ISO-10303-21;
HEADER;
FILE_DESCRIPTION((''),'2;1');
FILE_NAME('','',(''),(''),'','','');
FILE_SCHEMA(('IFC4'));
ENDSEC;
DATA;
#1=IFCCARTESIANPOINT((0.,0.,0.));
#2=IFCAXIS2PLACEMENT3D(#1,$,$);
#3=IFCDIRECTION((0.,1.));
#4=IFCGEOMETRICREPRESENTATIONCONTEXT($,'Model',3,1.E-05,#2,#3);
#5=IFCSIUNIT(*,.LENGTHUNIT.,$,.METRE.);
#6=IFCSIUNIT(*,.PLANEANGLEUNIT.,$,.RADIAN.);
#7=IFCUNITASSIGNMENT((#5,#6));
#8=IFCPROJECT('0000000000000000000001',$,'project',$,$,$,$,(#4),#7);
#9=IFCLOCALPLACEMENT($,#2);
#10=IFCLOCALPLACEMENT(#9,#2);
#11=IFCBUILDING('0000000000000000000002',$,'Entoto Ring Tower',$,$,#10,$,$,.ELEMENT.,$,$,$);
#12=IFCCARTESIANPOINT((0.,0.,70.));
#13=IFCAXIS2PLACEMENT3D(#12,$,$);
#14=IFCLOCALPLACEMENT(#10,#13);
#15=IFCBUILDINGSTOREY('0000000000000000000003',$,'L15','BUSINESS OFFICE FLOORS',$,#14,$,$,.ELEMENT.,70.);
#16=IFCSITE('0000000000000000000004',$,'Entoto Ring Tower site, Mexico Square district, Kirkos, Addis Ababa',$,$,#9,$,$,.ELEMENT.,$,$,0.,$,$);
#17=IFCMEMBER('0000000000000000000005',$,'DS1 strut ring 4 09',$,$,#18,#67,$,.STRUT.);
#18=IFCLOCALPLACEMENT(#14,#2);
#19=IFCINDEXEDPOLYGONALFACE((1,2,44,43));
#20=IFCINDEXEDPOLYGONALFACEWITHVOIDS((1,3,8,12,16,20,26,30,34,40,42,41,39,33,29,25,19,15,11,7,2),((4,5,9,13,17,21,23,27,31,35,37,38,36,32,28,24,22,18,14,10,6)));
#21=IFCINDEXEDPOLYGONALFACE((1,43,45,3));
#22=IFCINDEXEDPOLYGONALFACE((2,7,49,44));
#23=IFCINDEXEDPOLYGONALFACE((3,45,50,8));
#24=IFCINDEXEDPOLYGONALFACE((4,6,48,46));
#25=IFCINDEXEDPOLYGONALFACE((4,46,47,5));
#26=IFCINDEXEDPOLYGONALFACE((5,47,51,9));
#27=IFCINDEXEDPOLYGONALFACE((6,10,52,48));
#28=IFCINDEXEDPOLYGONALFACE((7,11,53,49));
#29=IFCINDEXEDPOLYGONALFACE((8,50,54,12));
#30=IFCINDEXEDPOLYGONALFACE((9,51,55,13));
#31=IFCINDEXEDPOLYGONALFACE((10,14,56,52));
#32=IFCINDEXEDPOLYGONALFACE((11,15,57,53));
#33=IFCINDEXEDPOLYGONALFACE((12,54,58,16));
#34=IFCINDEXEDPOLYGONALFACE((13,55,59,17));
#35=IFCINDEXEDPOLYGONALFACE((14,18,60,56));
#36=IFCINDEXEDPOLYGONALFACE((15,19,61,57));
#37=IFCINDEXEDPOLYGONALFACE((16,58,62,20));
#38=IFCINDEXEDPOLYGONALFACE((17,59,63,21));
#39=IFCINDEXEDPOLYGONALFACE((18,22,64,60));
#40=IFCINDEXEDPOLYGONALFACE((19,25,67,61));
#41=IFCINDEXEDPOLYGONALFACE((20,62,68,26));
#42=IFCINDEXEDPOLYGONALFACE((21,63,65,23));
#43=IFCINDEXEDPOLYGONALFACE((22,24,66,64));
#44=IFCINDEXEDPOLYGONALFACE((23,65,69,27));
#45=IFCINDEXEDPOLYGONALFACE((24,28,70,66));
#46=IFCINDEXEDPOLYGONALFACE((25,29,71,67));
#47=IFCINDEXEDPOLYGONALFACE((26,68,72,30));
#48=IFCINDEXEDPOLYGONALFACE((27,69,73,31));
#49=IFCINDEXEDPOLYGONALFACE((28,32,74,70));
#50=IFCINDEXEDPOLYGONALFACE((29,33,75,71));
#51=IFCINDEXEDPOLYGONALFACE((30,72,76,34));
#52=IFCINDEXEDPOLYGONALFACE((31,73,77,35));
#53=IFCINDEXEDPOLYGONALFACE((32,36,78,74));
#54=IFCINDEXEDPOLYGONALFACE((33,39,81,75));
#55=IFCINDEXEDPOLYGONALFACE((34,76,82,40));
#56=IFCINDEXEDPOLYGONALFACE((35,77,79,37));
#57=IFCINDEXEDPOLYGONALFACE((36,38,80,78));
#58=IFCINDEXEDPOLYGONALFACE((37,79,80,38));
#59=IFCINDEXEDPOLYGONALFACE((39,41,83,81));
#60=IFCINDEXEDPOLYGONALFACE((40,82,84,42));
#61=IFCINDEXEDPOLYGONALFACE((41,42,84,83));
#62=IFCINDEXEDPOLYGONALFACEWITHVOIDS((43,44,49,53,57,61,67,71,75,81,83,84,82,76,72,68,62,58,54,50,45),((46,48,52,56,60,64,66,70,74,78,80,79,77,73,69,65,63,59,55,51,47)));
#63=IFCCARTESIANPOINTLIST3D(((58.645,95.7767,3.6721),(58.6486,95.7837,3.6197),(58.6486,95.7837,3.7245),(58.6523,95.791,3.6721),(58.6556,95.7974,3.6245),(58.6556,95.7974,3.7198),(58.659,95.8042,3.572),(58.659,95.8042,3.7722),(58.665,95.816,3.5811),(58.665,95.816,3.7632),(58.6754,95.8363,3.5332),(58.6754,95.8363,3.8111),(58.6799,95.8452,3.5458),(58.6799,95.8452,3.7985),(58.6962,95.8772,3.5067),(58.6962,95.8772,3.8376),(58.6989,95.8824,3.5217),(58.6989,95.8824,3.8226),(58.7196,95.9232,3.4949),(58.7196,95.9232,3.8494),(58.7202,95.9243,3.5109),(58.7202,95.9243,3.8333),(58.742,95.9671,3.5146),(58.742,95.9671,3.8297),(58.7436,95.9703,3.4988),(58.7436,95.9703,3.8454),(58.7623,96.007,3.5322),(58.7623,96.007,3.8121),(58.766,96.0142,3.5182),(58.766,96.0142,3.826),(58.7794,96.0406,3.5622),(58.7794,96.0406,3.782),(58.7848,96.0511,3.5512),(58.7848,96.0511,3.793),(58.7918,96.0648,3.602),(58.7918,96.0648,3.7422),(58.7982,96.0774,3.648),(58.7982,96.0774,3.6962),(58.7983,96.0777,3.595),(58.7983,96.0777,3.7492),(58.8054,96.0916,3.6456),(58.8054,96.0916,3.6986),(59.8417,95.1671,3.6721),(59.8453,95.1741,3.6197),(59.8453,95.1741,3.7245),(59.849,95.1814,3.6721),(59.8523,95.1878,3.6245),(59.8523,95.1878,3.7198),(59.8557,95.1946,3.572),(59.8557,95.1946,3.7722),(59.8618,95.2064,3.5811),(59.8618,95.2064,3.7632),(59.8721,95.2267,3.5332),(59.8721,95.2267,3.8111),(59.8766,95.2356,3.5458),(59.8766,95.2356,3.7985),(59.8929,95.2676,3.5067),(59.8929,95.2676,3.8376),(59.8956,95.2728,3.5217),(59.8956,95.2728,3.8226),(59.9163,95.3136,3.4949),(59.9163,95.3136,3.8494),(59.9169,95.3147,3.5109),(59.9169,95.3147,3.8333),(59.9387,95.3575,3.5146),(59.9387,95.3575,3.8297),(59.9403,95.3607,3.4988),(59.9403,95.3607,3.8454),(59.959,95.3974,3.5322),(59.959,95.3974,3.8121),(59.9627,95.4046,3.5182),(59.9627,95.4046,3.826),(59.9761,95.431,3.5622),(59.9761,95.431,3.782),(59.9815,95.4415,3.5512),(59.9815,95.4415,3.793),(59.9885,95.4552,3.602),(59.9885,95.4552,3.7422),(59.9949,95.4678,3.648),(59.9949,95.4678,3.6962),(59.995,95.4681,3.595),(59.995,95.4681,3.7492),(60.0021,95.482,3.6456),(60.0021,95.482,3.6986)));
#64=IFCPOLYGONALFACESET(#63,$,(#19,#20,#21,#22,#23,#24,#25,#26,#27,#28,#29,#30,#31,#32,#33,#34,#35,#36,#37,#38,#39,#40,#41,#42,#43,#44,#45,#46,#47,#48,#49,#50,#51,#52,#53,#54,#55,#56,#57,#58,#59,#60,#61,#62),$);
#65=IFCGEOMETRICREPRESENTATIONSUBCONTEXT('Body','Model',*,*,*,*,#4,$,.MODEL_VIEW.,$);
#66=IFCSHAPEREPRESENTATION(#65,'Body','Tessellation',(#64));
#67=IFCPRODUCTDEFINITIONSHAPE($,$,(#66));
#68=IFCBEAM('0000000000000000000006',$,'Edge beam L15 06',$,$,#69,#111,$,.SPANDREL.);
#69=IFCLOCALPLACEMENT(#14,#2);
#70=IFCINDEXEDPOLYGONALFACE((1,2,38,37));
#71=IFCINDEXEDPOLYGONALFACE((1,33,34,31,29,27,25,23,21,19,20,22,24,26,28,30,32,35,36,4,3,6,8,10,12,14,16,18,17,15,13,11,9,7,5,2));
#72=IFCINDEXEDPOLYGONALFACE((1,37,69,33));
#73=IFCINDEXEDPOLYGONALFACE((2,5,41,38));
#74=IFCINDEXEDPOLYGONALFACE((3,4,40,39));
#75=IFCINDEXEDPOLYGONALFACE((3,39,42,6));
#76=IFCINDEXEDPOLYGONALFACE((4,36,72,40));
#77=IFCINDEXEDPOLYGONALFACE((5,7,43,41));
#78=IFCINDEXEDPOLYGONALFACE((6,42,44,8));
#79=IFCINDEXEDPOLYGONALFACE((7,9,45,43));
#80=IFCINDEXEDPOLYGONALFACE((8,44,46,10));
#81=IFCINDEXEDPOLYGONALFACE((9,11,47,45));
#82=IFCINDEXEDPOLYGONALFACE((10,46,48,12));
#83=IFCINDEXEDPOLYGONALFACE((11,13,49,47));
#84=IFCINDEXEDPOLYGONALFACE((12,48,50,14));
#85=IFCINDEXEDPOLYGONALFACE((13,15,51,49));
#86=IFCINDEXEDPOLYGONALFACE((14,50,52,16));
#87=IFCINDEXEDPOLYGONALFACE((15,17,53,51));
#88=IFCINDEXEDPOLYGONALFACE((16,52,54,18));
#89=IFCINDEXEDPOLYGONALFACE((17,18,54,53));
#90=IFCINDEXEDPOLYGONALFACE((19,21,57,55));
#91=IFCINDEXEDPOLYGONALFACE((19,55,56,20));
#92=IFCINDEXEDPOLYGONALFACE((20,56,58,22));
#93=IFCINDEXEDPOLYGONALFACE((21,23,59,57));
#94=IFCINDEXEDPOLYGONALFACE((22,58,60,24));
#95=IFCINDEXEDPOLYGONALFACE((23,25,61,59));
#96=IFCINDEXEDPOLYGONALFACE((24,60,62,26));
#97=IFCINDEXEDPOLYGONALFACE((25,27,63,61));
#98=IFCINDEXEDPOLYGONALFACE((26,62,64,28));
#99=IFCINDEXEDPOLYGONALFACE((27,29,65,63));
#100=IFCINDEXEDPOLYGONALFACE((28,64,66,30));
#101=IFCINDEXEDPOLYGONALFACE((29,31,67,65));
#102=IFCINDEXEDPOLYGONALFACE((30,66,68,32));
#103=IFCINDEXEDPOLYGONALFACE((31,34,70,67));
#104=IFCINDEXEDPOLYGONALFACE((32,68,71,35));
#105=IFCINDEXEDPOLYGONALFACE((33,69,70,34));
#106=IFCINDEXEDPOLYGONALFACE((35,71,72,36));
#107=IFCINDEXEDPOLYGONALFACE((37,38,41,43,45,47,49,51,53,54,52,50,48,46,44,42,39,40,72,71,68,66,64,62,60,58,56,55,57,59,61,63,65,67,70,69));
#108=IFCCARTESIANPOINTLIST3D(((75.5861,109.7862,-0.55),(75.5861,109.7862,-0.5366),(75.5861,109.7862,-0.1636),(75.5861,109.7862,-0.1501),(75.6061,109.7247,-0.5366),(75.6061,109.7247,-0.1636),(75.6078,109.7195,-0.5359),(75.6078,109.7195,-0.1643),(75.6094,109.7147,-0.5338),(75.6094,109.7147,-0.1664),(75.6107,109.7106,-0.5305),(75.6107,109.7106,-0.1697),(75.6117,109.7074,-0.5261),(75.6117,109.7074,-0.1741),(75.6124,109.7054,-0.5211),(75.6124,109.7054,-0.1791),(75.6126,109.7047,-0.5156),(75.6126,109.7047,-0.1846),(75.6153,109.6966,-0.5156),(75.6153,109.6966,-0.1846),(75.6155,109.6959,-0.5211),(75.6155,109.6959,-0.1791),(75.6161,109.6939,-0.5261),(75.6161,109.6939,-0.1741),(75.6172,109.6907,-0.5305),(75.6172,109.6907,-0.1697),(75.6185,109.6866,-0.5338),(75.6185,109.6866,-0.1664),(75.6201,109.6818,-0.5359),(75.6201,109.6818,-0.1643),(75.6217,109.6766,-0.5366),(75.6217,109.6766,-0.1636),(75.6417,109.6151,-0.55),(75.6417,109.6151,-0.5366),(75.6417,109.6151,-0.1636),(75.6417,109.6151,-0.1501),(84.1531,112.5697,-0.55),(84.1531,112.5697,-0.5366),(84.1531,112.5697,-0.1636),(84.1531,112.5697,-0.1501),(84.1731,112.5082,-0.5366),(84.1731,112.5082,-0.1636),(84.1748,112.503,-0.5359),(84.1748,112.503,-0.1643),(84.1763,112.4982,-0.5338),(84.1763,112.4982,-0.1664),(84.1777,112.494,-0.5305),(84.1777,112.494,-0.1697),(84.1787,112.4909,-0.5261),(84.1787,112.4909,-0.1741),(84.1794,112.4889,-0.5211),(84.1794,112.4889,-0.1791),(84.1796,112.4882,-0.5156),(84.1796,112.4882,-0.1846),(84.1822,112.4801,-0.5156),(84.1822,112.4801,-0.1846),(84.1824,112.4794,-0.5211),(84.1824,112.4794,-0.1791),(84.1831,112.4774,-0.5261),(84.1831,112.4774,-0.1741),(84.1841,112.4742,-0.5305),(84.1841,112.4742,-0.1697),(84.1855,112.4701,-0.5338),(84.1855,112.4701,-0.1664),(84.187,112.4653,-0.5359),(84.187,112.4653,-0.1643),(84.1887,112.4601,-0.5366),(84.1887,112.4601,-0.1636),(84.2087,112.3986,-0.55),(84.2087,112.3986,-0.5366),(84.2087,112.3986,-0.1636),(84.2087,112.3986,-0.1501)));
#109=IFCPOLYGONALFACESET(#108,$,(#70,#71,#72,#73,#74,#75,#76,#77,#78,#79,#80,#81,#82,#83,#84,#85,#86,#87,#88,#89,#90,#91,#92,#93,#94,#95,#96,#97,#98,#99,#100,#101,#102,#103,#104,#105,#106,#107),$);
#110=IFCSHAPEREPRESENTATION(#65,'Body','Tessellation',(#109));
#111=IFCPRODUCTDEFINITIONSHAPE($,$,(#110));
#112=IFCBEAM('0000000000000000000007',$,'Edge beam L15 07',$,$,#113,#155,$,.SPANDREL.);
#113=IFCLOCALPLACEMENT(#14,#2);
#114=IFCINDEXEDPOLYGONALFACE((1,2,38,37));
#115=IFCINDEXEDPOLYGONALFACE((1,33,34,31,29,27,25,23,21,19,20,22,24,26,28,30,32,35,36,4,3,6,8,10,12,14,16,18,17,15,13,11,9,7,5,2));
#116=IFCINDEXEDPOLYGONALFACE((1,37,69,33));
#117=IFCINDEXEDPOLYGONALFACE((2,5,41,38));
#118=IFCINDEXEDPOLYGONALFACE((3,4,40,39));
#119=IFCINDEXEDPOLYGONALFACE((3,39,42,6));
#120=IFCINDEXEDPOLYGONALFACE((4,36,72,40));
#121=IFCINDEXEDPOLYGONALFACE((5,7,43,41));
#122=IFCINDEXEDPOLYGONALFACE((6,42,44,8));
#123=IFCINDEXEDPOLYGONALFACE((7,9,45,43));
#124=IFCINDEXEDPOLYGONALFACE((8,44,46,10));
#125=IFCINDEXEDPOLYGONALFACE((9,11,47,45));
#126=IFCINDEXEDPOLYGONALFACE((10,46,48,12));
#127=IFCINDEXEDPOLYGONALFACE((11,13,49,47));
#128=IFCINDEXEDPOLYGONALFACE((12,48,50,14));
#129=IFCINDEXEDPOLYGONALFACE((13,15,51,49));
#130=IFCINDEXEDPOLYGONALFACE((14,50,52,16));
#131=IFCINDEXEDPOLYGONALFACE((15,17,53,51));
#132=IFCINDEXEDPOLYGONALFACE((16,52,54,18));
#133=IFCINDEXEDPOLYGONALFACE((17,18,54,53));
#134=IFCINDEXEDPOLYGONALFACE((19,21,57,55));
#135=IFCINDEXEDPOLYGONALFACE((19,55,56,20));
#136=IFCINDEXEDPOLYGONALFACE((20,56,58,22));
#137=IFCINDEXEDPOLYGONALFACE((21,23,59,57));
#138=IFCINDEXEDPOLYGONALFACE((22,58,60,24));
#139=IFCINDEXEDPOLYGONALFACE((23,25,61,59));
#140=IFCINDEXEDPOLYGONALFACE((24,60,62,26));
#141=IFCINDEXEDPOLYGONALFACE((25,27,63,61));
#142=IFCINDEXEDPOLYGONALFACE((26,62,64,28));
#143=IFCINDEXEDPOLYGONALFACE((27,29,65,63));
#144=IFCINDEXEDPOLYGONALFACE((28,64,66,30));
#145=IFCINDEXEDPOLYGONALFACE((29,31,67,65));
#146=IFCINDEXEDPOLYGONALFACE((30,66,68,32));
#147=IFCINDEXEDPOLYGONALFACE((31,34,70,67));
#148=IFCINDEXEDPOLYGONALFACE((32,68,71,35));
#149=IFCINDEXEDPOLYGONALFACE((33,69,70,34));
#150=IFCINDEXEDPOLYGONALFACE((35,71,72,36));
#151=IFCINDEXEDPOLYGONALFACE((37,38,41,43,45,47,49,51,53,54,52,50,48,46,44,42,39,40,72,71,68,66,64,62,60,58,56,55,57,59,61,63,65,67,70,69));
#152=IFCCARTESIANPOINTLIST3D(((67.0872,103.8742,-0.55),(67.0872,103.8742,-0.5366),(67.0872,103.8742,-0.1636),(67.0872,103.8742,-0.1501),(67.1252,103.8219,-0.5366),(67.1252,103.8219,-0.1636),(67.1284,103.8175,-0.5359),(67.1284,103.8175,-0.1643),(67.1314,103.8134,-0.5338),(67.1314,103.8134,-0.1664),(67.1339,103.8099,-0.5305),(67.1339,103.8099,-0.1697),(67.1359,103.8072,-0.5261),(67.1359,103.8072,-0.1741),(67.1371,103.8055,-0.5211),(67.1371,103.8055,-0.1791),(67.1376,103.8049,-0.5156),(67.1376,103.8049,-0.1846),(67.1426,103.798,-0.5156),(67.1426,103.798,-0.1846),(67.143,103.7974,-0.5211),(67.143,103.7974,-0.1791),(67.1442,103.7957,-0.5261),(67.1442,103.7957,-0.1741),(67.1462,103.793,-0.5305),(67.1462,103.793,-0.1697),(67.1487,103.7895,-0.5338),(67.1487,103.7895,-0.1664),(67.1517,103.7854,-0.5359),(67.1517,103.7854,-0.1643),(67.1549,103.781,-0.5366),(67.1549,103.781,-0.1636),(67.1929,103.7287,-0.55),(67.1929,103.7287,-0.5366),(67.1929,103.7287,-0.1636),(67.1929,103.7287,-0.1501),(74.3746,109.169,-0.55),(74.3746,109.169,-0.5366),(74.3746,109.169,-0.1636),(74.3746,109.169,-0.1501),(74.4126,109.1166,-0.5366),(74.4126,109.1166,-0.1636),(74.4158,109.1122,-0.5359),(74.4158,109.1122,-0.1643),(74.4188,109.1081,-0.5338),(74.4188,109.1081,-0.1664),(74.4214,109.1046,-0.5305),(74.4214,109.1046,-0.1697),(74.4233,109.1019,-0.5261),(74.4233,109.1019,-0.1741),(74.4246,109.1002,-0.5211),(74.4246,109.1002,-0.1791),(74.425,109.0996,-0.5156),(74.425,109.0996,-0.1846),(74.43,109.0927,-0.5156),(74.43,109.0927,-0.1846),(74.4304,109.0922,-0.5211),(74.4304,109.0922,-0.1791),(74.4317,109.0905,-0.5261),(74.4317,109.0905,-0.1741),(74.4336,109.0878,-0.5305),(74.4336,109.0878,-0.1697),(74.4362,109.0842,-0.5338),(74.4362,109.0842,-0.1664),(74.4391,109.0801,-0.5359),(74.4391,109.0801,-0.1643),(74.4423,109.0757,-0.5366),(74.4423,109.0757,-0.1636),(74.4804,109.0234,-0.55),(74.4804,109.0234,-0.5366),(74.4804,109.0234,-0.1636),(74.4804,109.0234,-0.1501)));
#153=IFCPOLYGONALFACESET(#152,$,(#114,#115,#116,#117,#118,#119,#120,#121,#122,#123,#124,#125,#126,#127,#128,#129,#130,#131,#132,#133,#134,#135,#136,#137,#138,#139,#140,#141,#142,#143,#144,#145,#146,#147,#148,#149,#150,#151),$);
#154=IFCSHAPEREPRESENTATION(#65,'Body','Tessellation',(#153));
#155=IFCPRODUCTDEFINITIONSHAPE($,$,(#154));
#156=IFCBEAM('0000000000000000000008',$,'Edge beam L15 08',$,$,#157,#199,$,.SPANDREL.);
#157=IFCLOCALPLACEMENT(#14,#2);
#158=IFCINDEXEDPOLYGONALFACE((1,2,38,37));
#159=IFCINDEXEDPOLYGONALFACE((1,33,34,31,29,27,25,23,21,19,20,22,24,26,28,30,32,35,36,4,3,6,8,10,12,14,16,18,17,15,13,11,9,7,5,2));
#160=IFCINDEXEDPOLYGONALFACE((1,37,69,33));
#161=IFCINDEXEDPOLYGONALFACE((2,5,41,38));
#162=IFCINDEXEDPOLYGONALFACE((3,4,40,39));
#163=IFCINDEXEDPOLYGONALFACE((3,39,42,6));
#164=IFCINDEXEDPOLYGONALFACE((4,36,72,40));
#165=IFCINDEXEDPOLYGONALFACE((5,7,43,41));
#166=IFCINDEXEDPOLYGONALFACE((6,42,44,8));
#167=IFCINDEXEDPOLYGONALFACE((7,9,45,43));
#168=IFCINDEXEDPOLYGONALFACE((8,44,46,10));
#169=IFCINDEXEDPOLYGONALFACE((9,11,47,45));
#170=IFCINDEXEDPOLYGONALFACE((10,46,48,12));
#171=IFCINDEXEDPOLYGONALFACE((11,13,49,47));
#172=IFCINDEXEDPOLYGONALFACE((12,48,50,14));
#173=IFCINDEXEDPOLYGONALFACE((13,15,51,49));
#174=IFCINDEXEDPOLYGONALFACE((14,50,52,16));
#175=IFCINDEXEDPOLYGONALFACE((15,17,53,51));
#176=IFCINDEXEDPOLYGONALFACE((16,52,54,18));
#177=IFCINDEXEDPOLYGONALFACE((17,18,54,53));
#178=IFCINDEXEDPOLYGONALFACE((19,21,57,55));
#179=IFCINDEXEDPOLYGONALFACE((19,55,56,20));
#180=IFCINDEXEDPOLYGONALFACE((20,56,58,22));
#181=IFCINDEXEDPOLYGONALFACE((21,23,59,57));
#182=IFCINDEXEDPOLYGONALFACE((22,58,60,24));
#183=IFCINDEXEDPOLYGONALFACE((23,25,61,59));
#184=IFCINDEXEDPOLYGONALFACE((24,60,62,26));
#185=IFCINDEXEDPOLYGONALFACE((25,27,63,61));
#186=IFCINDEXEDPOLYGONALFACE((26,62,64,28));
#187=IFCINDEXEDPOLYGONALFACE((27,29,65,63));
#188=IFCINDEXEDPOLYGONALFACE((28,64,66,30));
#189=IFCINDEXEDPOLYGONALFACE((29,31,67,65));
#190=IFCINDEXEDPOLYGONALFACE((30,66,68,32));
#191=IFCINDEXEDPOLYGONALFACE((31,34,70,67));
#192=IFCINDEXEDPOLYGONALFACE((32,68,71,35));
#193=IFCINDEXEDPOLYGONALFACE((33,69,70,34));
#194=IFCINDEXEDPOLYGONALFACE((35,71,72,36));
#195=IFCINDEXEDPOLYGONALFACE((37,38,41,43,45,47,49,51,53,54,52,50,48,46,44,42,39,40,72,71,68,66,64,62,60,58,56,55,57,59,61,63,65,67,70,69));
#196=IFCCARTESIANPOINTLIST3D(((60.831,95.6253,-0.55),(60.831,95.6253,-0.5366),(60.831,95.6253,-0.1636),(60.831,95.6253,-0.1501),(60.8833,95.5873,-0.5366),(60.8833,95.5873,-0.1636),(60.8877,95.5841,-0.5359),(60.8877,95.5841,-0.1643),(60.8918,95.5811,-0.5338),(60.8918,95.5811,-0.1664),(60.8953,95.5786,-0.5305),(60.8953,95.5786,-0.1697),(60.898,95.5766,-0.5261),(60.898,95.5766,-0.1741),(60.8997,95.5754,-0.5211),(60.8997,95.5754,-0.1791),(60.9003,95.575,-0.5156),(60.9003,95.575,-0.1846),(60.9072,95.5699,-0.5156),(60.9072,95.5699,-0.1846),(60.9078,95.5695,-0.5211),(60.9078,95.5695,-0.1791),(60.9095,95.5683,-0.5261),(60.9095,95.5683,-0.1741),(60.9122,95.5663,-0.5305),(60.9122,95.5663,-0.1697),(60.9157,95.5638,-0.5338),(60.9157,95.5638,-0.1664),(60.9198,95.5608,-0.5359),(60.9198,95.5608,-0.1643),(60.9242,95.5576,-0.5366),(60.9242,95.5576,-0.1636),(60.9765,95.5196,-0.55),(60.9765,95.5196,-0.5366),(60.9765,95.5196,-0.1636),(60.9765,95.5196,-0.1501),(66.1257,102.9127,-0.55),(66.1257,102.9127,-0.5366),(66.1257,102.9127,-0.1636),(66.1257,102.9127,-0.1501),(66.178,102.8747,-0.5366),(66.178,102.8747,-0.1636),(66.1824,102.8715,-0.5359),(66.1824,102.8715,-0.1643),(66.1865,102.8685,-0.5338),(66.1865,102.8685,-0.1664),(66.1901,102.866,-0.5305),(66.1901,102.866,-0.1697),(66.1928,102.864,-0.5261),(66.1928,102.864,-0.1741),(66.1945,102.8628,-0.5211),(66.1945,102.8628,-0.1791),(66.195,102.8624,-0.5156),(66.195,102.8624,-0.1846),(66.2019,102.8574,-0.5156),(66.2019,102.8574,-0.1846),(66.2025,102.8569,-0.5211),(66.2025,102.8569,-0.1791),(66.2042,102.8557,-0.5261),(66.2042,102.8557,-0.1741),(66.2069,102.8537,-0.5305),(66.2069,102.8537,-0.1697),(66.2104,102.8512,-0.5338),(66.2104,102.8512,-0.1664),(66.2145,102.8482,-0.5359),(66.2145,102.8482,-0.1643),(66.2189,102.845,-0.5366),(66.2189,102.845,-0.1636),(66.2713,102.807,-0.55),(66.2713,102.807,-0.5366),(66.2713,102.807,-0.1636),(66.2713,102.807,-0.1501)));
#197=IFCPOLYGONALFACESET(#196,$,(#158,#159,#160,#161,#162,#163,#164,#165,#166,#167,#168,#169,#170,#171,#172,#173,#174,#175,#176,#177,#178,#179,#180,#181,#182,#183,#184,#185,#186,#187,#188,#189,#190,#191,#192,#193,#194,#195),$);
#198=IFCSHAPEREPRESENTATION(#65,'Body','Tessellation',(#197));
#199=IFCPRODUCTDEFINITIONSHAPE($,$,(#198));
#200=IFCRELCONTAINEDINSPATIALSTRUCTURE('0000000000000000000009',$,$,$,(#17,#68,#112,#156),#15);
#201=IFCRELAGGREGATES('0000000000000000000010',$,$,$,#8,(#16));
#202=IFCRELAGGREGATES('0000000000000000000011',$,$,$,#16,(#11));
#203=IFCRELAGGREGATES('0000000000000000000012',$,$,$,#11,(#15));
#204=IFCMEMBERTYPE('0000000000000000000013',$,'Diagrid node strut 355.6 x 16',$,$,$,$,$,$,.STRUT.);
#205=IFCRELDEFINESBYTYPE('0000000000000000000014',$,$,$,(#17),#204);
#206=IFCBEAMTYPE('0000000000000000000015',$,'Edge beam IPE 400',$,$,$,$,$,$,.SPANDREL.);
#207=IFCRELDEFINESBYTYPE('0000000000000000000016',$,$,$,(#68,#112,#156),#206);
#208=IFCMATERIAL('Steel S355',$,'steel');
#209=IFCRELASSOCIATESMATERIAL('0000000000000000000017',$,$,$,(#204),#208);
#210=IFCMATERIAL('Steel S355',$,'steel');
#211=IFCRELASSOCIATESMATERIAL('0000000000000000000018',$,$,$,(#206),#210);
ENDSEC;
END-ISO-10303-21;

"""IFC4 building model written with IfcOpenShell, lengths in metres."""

from ifc_helpers import new_model, si_unit, direction, frame, origin, origin_2d, place, context, subcontext, project, spatial, circle, hollow_circle, i_section, extrude, material, material_profile, profile_set, type_object, element, save


model = new_model("IFC4")

# Units and contexts
model_context = context("Model", 3, precision=1e-05, world=origin(), true_north=direction((0.0, 1.0)))
body_context = subcontext(model_context, "Body", "Model", "MODEL_VIEW")
ifc_project = project(units=[si_unit("LENGTHUNIT", "METRE"), si_unit("PLANEANGLEUNIT", "RADIAN")], contexts=[model_context])

# Site, building, storey
site_placement = place(None, origin())
site = spatial("IfcSite", under=ifc_project, at=site_placement, Name="Entoto Ring Tower site, Mexico Square district, Kirkos, Addis Ababa", CompositionType="ELEMENT", RefElevation=0.0)
building_placement = place(site_placement, origin())
building = spatial("IfcBuilding", under=site, at=building_placement, Name="Entoto Ring Tower", CompositionType="ELEMENT")
storey_placement = place(building_placement, frame((0.0, 0.0, 70.0)))
storey = spatial("IfcBuildingStorey", under=building, at=storey_placement, Name="L15", Description="BUSINESS OFFICE FLOORS", CompositionType="ELEMENT", Elevation=70.0)

# Member
ifc_material_1 = material(Name="Steel S355", Category="steel")
ifc_material_profile_1 = material_profile(ifc_material_1, hollow_circle(Radius=0.1777, WallThickness=0.0161, at=origin_2d()), Name="CHS 355.6 x 16")
ifc_material_2 = material(Name="Concrete C60/75", Category="concrete")
ifc_material_profile_2 = material_profile(ifc_material_2, circle(Radius=0.1619, at=origin_2d()), Name="Concrete C60/75 infill")
ifc_profile_set_1 = profile_set([ifc_material_profile_1, ifc_material_profile_2], Name="Steel S355")
member_type = type_object("IfcMemberType", Name="Diagrid node strut 355.6 x 16", PredefinedType="STRUT", material=ifc_profile_set_1)
member_1_placement = place(storey_placement, frame((59.9224, 95.3254, 3.6721), z_axis=(-0.891058, 0.45389, 0.0), x_axis=(-0.45389, -0.891058, 0.0)))
element("IfcMember", 1, at=member_1_placement, inside=storey, type_object=member_type, Name="DS1 strut ring 4 09", PredefinedType="STRUT", context=body_context, shape_type="SweptSolid", body=[
    extrude(hollow_circle(Radius=0.1777, WallThickness=0.0161, at=origin_2d()), origin(), (0.0, 0.0, 1.0), 1.343),
])

# Beams
ifc_material_3 = material(Name="Steel S355", Category="steel")
ifc_material_profile_3 = material_profile(ifc_material_3, i_section(OverallWidth=0.1799, OverallDepth=0.3999, WebThickness=0.0085, FlangeThickness=0.0134, FilletRadius=0.021, at=origin_2d()), Name="IPE 400")
ifc_profile_set_2 = profile_set([ifc_material_profile_3], Name="Steel S355")
beam_type_1 = type_object("IfcBeamType", Name="Edge beam IPE 400", PredefinedType="SPANDREL", material=ifc_profile_set_2)
for number, where, z_axis, x_axis, name in (
    (2, (84.1809, 112.4841, -0.3501), (-0.95106, -0.309006, 0.0), (0.309006, -0.95106, 0.0), "Edge beam L15 06"),
    (3, (74.4275, 109.0962, -0.3501), (-0.809011, -0.587793, 0.0), (0.587793, -0.809011, 0.0), "Edge beam L15 07"),
    (4, (66.1985, 102.8599, -0.3501), (-0.587793, -0.809011, 0.0), (0.809011, -0.587793, 0.0), "Edge beam L15 08"),
):
    element("IfcBeam", number, at=place(storey_placement, frame(where, z_axis=z_axis, x_axis=x_axis)), inside=storey, type_object=beam_type_1, Name=name, PredefinedType="SPANDREL", context=body_context, shape_type="SweptSolid", body=[
        extrude(i_section(OverallWidth=0.1799, OverallDepth=0.3999, WebThickness=0.0085, FlangeThickness=0.0134, FilletRadius=0.021, at=origin_2d()), origin(), (0.0, 0.0, 1.0), 9.0078),
    ])

save(model, "model.ifc")
